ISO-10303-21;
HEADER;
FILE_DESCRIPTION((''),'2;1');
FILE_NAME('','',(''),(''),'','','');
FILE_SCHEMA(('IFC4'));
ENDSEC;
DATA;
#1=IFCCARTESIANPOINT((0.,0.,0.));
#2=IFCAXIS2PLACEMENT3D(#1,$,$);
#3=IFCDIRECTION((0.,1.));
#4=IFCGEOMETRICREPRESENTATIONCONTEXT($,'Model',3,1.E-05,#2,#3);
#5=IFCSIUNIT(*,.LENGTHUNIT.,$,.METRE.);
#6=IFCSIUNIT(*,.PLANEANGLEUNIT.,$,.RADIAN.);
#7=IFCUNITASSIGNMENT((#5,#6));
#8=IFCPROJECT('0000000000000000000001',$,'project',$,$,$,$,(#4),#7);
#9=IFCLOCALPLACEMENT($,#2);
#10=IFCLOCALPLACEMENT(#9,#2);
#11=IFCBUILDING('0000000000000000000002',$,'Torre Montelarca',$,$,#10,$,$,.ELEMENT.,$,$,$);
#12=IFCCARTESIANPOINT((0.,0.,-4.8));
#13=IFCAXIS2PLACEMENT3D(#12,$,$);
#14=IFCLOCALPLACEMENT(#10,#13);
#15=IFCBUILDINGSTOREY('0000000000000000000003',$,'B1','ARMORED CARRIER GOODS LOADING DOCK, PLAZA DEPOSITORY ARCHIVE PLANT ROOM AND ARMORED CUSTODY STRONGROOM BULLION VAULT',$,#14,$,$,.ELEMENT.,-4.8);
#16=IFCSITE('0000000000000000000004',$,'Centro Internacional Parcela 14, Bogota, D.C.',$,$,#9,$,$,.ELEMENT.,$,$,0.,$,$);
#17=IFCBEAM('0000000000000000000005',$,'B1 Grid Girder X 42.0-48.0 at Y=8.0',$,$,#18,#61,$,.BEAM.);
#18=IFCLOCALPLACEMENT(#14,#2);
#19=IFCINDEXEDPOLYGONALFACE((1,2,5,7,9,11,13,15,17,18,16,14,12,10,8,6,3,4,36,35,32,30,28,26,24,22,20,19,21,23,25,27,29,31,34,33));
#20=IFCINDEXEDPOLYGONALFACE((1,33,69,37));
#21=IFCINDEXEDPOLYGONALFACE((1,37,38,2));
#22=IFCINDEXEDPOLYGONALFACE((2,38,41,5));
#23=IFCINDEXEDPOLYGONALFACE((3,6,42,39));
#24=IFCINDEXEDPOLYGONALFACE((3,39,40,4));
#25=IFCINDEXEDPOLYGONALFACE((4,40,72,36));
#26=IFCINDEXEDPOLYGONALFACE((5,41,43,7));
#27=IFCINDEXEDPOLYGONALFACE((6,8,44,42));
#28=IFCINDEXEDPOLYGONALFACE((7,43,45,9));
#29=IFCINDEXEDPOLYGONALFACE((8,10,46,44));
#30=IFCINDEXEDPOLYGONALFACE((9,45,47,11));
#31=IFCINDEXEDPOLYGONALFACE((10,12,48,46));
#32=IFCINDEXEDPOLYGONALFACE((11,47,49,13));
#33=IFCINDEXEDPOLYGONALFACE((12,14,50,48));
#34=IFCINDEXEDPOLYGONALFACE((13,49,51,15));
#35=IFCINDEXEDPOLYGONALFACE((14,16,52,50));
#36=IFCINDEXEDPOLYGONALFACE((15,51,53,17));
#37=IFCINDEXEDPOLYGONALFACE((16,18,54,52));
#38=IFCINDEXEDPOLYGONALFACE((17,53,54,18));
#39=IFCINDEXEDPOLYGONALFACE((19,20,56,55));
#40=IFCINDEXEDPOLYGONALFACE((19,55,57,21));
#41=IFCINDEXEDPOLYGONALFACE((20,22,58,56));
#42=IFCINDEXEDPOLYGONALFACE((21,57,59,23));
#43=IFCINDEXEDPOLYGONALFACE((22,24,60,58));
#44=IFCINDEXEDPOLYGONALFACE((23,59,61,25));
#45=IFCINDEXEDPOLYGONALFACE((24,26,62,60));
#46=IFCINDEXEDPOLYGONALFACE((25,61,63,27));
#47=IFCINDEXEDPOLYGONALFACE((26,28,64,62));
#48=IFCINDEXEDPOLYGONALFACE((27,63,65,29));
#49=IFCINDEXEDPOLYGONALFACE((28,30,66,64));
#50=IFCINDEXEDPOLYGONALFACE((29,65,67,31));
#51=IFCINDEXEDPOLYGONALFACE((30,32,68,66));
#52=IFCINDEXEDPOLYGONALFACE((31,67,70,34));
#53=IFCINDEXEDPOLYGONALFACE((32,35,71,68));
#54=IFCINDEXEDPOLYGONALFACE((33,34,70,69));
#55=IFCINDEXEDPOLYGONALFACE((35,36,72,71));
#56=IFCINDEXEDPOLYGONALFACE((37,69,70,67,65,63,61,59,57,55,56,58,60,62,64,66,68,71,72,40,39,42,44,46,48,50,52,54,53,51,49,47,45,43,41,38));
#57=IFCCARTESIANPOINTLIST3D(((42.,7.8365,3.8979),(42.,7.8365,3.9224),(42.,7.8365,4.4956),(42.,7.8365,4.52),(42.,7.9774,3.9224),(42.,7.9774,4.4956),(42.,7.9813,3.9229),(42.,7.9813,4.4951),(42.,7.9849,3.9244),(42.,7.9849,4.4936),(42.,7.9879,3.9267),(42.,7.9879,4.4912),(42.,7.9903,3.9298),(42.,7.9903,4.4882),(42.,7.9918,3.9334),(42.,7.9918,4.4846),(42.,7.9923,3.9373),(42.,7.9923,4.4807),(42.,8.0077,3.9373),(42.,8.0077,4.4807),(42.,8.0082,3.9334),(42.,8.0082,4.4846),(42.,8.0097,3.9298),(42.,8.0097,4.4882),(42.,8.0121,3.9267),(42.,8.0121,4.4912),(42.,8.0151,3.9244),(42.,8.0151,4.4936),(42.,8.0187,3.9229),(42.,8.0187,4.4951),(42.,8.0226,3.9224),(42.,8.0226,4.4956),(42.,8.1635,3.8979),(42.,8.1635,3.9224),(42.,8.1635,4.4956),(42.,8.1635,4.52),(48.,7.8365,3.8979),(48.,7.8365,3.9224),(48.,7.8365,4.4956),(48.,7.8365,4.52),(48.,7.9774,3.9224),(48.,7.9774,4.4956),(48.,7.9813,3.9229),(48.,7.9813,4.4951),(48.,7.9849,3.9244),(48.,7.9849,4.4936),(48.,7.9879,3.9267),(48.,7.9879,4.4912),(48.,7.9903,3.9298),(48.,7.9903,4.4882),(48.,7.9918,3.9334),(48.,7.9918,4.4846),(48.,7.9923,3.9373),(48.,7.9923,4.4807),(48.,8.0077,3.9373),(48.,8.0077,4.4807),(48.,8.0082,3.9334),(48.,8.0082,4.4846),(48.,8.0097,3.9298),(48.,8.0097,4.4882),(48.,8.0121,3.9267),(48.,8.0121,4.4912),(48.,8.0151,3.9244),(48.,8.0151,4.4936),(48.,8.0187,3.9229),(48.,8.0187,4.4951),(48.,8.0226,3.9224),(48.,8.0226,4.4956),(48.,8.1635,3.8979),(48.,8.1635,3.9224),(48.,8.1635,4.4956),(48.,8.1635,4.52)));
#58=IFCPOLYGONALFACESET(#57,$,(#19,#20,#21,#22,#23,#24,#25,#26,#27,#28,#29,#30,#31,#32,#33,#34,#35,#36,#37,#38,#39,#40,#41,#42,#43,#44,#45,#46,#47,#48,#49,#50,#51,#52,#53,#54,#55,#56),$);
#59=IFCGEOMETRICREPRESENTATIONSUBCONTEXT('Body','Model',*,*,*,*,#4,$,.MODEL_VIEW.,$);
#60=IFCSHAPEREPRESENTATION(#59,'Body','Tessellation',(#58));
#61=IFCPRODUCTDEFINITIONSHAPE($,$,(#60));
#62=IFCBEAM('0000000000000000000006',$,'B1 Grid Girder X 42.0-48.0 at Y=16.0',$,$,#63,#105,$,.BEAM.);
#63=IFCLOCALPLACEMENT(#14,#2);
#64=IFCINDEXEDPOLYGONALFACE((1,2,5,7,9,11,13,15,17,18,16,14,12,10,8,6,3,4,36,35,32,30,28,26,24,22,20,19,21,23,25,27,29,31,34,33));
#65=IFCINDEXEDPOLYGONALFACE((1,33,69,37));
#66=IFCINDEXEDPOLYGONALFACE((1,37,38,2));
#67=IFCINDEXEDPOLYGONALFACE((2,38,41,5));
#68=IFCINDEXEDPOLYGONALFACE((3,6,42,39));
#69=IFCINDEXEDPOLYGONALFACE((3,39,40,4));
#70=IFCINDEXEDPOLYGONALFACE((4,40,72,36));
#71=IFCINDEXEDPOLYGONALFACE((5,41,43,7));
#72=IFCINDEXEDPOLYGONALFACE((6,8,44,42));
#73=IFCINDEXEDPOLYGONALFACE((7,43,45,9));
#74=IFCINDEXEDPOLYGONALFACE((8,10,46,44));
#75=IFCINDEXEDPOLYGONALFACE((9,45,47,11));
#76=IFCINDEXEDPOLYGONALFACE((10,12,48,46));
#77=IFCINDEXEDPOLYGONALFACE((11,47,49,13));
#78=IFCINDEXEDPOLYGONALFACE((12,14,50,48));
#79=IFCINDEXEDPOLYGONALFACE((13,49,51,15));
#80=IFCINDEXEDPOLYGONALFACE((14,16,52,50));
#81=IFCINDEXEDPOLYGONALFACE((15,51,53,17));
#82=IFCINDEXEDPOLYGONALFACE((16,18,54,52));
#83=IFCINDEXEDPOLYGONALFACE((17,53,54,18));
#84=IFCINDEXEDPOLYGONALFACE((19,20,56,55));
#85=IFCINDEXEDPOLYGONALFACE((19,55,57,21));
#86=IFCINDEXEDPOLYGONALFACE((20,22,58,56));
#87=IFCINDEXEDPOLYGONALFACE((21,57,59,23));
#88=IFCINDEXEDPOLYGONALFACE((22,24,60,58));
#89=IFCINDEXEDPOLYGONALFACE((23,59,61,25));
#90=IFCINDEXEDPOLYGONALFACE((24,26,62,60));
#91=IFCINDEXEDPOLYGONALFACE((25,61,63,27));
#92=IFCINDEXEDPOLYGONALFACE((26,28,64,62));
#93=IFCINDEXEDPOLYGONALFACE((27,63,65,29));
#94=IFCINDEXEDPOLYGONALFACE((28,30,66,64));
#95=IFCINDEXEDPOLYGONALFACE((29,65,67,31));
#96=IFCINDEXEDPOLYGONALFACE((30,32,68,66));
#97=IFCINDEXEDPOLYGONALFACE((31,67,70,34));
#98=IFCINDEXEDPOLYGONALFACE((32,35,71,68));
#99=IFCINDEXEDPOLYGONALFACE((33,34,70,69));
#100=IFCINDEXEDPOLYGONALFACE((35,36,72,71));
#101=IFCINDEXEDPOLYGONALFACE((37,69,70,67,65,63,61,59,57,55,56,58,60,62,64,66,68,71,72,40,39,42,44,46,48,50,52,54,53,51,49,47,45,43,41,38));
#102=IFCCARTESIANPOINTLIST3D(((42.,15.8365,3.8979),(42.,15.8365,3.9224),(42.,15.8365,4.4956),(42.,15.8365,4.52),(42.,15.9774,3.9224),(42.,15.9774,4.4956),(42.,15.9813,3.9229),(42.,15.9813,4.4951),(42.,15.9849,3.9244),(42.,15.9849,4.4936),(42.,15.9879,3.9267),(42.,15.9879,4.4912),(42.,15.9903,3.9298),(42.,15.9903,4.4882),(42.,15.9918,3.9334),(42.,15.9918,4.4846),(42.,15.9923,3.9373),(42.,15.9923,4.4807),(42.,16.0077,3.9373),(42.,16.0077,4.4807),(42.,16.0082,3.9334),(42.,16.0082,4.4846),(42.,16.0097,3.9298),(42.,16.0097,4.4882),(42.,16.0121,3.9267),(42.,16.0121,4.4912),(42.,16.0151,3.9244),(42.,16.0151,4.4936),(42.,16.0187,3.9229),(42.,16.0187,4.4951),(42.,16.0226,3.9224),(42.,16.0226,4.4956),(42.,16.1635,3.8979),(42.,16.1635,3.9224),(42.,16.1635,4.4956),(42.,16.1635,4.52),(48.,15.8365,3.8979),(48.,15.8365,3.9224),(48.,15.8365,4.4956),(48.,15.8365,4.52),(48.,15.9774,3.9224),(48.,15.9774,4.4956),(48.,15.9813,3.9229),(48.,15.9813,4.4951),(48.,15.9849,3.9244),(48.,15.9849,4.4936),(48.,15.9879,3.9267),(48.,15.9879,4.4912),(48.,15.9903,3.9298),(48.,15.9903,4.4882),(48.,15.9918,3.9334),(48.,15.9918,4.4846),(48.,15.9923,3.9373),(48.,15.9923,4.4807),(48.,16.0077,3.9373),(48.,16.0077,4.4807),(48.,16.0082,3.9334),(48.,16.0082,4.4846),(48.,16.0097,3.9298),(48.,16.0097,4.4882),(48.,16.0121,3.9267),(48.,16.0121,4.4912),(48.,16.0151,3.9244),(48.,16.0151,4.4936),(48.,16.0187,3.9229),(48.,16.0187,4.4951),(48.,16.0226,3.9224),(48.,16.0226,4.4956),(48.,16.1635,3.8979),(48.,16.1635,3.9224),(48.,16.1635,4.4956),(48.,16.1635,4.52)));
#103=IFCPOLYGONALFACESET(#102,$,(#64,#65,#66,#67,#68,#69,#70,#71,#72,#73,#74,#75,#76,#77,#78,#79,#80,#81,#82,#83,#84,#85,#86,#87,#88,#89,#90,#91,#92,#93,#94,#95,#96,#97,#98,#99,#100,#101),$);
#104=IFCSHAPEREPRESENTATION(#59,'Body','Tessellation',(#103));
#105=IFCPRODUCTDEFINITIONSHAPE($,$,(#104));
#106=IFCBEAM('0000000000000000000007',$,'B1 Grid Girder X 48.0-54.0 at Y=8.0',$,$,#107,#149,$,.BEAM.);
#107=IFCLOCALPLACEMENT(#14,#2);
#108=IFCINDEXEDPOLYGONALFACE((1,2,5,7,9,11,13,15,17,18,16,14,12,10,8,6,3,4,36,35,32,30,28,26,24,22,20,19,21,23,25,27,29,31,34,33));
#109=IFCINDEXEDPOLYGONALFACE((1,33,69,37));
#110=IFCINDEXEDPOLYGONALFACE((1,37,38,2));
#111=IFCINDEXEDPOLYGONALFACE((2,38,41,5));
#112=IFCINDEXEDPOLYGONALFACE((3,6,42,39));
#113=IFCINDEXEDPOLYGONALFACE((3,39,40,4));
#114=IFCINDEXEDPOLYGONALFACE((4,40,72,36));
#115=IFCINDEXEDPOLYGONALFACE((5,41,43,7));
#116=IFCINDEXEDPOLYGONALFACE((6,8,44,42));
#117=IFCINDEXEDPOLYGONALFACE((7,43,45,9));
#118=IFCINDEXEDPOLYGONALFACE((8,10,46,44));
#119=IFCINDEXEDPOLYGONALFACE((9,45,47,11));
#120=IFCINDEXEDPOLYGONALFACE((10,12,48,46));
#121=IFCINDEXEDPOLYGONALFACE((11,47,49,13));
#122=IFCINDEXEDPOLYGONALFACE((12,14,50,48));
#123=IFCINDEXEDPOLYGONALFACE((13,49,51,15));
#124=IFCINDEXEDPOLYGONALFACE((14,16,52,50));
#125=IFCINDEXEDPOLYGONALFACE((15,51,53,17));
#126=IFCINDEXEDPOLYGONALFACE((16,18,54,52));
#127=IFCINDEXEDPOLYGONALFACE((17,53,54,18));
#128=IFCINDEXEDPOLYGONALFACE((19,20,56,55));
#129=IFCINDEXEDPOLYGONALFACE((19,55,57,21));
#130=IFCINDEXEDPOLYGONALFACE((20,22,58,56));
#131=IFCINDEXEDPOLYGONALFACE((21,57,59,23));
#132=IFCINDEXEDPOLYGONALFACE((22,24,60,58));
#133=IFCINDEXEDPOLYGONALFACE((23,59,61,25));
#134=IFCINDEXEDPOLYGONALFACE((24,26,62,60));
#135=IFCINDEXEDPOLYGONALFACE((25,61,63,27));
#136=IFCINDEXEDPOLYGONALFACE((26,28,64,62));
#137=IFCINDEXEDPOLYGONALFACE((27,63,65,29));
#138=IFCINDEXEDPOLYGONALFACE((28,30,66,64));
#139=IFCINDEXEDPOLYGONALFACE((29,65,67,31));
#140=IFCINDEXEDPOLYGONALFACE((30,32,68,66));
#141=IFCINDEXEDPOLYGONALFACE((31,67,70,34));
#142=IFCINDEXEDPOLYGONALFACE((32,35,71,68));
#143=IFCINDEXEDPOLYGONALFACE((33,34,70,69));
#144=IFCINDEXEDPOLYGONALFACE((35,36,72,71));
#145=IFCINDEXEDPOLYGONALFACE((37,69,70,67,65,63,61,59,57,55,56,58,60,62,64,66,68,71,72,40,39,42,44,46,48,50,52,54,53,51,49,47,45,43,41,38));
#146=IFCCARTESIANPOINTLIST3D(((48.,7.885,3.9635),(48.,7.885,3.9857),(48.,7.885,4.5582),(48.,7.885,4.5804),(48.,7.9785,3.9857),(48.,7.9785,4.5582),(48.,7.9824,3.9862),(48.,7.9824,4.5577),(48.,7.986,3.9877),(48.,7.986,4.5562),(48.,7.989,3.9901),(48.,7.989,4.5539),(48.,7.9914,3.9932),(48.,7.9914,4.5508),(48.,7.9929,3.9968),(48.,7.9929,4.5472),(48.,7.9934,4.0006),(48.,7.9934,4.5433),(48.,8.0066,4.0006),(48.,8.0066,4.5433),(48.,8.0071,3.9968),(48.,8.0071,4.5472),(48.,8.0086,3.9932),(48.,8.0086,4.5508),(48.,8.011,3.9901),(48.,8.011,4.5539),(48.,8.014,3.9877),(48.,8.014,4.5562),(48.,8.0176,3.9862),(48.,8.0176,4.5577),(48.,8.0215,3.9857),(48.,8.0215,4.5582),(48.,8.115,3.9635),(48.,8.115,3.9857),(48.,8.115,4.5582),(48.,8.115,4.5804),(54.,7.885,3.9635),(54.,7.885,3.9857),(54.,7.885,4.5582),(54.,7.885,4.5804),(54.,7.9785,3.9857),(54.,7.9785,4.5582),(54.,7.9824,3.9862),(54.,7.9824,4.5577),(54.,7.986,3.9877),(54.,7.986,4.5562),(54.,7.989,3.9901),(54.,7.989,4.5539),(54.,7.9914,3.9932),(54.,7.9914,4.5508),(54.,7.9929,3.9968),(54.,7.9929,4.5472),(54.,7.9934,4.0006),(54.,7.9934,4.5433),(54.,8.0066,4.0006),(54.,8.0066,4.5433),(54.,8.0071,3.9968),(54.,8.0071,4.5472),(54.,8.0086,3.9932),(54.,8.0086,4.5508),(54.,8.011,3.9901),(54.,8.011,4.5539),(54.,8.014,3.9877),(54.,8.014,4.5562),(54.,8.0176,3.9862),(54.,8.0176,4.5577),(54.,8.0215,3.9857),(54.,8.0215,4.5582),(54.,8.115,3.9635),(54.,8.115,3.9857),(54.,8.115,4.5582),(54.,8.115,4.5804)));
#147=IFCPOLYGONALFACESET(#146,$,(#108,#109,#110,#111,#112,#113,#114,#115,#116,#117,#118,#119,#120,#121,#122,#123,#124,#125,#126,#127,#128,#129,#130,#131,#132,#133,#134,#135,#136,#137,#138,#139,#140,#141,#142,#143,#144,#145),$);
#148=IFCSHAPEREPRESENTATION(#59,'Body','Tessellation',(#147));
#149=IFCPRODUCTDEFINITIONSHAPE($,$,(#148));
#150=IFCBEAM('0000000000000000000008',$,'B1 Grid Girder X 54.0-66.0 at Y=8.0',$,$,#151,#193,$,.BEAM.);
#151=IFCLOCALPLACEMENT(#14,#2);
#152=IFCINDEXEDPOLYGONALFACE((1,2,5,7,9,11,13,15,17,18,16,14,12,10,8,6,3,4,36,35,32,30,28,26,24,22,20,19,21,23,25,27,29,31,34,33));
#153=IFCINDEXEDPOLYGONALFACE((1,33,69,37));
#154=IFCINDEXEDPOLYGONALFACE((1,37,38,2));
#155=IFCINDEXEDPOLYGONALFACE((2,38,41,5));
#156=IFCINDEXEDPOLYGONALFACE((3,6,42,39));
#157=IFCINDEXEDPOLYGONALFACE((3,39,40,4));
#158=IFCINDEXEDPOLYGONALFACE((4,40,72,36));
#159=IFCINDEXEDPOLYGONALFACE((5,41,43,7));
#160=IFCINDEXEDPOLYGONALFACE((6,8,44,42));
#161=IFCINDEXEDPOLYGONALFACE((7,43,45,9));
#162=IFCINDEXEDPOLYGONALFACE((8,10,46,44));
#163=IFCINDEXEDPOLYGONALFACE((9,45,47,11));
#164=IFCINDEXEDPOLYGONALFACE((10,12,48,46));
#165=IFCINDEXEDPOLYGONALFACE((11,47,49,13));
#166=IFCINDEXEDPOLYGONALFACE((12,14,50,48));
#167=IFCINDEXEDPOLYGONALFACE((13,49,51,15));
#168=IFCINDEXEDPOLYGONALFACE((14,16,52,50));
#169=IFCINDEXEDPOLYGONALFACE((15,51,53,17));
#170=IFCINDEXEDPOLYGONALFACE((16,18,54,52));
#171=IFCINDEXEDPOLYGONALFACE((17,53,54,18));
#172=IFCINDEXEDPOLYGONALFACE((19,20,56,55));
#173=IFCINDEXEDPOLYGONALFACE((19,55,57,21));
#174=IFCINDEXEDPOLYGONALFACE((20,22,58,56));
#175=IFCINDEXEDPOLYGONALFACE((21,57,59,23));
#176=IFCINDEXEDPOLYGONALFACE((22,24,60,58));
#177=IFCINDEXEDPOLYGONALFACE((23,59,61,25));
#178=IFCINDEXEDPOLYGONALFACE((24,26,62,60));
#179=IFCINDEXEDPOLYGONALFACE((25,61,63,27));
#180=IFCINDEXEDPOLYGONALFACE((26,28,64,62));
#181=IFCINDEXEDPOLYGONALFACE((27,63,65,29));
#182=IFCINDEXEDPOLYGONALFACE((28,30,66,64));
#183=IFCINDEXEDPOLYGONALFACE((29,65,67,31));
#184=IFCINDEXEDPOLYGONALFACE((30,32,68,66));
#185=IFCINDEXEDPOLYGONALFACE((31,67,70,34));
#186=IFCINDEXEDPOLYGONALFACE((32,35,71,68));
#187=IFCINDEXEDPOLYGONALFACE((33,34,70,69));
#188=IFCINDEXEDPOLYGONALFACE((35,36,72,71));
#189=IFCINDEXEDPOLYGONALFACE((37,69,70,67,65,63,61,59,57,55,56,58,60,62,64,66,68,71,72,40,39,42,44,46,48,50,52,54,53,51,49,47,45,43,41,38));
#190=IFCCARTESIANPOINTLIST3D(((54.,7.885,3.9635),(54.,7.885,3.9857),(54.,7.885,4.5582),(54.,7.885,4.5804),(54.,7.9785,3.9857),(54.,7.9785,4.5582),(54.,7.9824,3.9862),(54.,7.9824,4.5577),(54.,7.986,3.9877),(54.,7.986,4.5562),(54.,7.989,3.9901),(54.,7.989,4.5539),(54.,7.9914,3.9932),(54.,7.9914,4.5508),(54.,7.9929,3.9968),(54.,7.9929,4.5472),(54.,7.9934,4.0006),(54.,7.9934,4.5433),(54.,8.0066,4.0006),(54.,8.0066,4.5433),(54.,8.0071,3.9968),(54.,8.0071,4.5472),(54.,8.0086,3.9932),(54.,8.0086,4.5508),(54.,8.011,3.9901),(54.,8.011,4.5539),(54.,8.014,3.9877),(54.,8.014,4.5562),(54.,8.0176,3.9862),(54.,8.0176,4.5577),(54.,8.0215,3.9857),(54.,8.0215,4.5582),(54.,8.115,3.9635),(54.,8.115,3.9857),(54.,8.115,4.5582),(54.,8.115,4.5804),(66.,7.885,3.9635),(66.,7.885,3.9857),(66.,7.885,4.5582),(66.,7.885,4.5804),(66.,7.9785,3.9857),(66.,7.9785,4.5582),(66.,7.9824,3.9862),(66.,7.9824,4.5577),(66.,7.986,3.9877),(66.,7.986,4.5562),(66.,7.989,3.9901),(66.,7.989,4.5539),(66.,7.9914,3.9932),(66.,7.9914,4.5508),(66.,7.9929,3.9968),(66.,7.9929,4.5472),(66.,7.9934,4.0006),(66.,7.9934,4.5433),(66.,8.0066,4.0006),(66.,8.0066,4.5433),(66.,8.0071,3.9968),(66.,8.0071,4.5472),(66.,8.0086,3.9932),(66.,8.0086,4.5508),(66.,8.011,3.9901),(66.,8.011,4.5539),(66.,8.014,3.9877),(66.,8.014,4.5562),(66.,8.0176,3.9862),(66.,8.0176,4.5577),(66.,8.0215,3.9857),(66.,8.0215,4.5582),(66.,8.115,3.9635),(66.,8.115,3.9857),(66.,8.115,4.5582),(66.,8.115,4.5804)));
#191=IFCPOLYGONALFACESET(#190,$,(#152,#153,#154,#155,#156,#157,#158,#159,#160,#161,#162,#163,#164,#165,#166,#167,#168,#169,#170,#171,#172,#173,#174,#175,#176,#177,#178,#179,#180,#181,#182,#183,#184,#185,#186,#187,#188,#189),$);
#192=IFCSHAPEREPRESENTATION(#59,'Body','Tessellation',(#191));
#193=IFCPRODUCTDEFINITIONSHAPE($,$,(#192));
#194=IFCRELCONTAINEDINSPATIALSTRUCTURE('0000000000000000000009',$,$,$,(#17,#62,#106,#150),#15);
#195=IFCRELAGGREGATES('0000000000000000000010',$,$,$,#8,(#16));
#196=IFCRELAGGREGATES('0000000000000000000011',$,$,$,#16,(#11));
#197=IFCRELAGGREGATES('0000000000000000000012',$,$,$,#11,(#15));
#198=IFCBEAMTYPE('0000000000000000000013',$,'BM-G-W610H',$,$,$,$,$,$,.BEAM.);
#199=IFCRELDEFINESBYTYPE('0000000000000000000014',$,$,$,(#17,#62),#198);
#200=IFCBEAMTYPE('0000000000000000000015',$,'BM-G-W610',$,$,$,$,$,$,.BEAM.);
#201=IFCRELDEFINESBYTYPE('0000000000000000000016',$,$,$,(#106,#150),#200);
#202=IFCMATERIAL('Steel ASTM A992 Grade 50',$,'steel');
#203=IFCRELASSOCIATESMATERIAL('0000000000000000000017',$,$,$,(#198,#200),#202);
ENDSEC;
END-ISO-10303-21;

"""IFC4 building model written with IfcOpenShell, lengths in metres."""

from ifc_helpers import new_model, si_unit, direction, frame, origin, origin_2d, place, context, subcontext, project, spatial, i_section, extrude, source, transform, mapped, material, material_profile, profile_set, type_object, element, save


model = new_model("IFC4")

# Units and contexts
model_context = context("Model", 3, precision=1e-05, world=origin(), true_north=direction((0.0, 1.0)))
body_context = subcontext(model_context, "Body", "Model", "MODEL_VIEW")
ifc_project = project(units=[si_unit("LENGTHUNIT", "METRE"), si_unit("PLANEANGLEUNIT", "RADIAN")], contexts=[model_context])

# Site, building, storey
site_placement = place(None, origin())
site = spatial("IfcSite", under=ifc_project, at=site_placement, Name="Centro Internacional Parcela 14, Bogota, D.C.", CompositionType="ELEMENT", RefElevation=0.0)
building_placement = place(site_placement, origin())
building = spatial("IfcBuilding", under=site, at=building_placement, Name="Torre Montelarca", CompositionType="ELEMENT")
storey_placement = place(building_placement, frame((0.0, 0.0, -4.8)))
storey = spatial("IfcBuildingStorey", under=building, at=storey_placement, Name="B1", Description="ARMORED CARRIER GOODS LOADING DOCK, PLAZA DEPOSITORY ARCHIVE PLANT ROOM AND ARMORED CUSTODY STRONGROOM BULLION VAULT", CompositionType="ELEMENT", Elevation=-4.8)

# Beams
ifc_material_1 = material(Name="Steel ASTM A992 Grade 50", Category="steel")
ifc_material_profile_1 = material_profile(ifc_material_1, i_section(OverallWidth=0.3269, OverallDepth=0.6221, WebThickness=0.0154, FlangeThickness=0.0244, FilletRadius=0.0149, at=origin_2d()), Name="W610X195", Category="steel")
ifc_profile_set_1 = profile_set([ifc_material_profile_1], Name="Steel ASTM A992 Grade 50")
beam_type_1 = type_object("IfcBeamType", Name="BM-G-W610H", PredefinedType="BEAM", material=ifc_profile_set_1)
shared_shape_1 = source(origin(), body_context, "Body", "SweptSolid", [
    extrude(i_section(OverallWidth=0.3269, OverallDepth=0.6221, WebThickness=0.0154, FlangeThickness=0.0244, FilletRadius=0.0149, at=origin_2d()), origin(), (0.0, 0.0, 1.0), 6.0),
])
for number, where, z_axis, x_axis, name in (
    (1, (42.0, 8.0, 4.209), (1.0, 0.0, 0.0), (0.0, 1.0, 0.0), "B1 Grid Girder X 42.0-48.0 at Y=8.0"),
    (2, (42.0, 16.0, 4.209), (1.0, 0.0, 0.0), (0.0, 1.0, 0.0), "B1 Grid Girder X 42.0-48.0 at Y=16.0"),
):
    element("IfcBeam", number, at=place(storey_placement, frame(where, z_axis=z_axis, x_axis=x_axis)), inside=storey, type_object=beam_type_1, Name=name, PredefinedType="BEAM", context=body_context, shape_type="MappedRepresentation", body=[
        mapped(shared_shape_1, transform((0.0, 0.0, 0.0), scale=1.0)),
    ])
ifc_material_profile_2 = material_profile(ifc_material_1, i_section(OverallWidth=0.23, OverallDepth=0.6169, WebThickness=0.0132, FlangeThickness=0.0222, FilletRadius=0.0149, at=origin_2d()), Name="W610X140", Category="steel")
ifc_profile_set_2 = profile_set([ifc_material_profile_2], Name="Steel ASTM A992 Grade 50")
beam_type_2 = type_object("IfcBeamType", Name="BM-G-W610", PredefinedType="BEAM", material=ifc_profile_set_2)
shared_shape_2 = source(origin(), body_context, "Body", "SweptSolid", [
    extrude(i_section(OverallWidth=0.23, OverallDepth=0.6169, WebThickness=0.0132, FlangeThickness=0.0222, FilletRadius=0.0149, at=origin_2d()), origin(), (0.0, 0.0, 1.0), 6.0),
])
beam_1_placement = place(storey_placement, frame((48.0, 8.0, 4.272), z_axis=(1.0, 0.0, 0.0), x_axis=(0.0, 1.0, 0.0)))
element("IfcBeam", 3, at=beam_1_placement, inside=storey, type_object=beam_type_2, Name="B1 Grid Girder X 48.0-54.0 at Y=8.0", PredefinedType="BEAM", context=body_context, shape_type="MappedRepresentation", body=[
    mapped(shared_shape_2, transform((0.0, 0.0, 0.0), scale=1.0)),
])
shared_shape_3 = source(origin(), body_context, "Body", "SweptSolid", [
    extrude(i_section(OverallWidth=0.23, OverallDepth=0.6169, WebThickness=0.0132, FlangeThickness=0.0222, FilletRadius=0.0149, at=origin_2d()), origin(), (0.0, 0.0, 1.0), 12.0),
])
beam_2_placement = place(storey_placement, frame((54.0, 8.0, 4.272), z_axis=(1.0, 0.0, 0.0), x_axis=(0.0, 1.0, 0.0)))
element("IfcBeam", 4, at=beam_2_placement, inside=storey, type_object=beam_type_2, Name="B1 Grid Girder X 54.0-66.0 at Y=8.0", PredefinedType="BEAM", context=body_context, shape_type="MappedRepresentation", body=[
    mapped(shared_shape_3, transform((0.0, 0.0, 0.0), scale=1.0)),
])

save(model, "model.ifc")
